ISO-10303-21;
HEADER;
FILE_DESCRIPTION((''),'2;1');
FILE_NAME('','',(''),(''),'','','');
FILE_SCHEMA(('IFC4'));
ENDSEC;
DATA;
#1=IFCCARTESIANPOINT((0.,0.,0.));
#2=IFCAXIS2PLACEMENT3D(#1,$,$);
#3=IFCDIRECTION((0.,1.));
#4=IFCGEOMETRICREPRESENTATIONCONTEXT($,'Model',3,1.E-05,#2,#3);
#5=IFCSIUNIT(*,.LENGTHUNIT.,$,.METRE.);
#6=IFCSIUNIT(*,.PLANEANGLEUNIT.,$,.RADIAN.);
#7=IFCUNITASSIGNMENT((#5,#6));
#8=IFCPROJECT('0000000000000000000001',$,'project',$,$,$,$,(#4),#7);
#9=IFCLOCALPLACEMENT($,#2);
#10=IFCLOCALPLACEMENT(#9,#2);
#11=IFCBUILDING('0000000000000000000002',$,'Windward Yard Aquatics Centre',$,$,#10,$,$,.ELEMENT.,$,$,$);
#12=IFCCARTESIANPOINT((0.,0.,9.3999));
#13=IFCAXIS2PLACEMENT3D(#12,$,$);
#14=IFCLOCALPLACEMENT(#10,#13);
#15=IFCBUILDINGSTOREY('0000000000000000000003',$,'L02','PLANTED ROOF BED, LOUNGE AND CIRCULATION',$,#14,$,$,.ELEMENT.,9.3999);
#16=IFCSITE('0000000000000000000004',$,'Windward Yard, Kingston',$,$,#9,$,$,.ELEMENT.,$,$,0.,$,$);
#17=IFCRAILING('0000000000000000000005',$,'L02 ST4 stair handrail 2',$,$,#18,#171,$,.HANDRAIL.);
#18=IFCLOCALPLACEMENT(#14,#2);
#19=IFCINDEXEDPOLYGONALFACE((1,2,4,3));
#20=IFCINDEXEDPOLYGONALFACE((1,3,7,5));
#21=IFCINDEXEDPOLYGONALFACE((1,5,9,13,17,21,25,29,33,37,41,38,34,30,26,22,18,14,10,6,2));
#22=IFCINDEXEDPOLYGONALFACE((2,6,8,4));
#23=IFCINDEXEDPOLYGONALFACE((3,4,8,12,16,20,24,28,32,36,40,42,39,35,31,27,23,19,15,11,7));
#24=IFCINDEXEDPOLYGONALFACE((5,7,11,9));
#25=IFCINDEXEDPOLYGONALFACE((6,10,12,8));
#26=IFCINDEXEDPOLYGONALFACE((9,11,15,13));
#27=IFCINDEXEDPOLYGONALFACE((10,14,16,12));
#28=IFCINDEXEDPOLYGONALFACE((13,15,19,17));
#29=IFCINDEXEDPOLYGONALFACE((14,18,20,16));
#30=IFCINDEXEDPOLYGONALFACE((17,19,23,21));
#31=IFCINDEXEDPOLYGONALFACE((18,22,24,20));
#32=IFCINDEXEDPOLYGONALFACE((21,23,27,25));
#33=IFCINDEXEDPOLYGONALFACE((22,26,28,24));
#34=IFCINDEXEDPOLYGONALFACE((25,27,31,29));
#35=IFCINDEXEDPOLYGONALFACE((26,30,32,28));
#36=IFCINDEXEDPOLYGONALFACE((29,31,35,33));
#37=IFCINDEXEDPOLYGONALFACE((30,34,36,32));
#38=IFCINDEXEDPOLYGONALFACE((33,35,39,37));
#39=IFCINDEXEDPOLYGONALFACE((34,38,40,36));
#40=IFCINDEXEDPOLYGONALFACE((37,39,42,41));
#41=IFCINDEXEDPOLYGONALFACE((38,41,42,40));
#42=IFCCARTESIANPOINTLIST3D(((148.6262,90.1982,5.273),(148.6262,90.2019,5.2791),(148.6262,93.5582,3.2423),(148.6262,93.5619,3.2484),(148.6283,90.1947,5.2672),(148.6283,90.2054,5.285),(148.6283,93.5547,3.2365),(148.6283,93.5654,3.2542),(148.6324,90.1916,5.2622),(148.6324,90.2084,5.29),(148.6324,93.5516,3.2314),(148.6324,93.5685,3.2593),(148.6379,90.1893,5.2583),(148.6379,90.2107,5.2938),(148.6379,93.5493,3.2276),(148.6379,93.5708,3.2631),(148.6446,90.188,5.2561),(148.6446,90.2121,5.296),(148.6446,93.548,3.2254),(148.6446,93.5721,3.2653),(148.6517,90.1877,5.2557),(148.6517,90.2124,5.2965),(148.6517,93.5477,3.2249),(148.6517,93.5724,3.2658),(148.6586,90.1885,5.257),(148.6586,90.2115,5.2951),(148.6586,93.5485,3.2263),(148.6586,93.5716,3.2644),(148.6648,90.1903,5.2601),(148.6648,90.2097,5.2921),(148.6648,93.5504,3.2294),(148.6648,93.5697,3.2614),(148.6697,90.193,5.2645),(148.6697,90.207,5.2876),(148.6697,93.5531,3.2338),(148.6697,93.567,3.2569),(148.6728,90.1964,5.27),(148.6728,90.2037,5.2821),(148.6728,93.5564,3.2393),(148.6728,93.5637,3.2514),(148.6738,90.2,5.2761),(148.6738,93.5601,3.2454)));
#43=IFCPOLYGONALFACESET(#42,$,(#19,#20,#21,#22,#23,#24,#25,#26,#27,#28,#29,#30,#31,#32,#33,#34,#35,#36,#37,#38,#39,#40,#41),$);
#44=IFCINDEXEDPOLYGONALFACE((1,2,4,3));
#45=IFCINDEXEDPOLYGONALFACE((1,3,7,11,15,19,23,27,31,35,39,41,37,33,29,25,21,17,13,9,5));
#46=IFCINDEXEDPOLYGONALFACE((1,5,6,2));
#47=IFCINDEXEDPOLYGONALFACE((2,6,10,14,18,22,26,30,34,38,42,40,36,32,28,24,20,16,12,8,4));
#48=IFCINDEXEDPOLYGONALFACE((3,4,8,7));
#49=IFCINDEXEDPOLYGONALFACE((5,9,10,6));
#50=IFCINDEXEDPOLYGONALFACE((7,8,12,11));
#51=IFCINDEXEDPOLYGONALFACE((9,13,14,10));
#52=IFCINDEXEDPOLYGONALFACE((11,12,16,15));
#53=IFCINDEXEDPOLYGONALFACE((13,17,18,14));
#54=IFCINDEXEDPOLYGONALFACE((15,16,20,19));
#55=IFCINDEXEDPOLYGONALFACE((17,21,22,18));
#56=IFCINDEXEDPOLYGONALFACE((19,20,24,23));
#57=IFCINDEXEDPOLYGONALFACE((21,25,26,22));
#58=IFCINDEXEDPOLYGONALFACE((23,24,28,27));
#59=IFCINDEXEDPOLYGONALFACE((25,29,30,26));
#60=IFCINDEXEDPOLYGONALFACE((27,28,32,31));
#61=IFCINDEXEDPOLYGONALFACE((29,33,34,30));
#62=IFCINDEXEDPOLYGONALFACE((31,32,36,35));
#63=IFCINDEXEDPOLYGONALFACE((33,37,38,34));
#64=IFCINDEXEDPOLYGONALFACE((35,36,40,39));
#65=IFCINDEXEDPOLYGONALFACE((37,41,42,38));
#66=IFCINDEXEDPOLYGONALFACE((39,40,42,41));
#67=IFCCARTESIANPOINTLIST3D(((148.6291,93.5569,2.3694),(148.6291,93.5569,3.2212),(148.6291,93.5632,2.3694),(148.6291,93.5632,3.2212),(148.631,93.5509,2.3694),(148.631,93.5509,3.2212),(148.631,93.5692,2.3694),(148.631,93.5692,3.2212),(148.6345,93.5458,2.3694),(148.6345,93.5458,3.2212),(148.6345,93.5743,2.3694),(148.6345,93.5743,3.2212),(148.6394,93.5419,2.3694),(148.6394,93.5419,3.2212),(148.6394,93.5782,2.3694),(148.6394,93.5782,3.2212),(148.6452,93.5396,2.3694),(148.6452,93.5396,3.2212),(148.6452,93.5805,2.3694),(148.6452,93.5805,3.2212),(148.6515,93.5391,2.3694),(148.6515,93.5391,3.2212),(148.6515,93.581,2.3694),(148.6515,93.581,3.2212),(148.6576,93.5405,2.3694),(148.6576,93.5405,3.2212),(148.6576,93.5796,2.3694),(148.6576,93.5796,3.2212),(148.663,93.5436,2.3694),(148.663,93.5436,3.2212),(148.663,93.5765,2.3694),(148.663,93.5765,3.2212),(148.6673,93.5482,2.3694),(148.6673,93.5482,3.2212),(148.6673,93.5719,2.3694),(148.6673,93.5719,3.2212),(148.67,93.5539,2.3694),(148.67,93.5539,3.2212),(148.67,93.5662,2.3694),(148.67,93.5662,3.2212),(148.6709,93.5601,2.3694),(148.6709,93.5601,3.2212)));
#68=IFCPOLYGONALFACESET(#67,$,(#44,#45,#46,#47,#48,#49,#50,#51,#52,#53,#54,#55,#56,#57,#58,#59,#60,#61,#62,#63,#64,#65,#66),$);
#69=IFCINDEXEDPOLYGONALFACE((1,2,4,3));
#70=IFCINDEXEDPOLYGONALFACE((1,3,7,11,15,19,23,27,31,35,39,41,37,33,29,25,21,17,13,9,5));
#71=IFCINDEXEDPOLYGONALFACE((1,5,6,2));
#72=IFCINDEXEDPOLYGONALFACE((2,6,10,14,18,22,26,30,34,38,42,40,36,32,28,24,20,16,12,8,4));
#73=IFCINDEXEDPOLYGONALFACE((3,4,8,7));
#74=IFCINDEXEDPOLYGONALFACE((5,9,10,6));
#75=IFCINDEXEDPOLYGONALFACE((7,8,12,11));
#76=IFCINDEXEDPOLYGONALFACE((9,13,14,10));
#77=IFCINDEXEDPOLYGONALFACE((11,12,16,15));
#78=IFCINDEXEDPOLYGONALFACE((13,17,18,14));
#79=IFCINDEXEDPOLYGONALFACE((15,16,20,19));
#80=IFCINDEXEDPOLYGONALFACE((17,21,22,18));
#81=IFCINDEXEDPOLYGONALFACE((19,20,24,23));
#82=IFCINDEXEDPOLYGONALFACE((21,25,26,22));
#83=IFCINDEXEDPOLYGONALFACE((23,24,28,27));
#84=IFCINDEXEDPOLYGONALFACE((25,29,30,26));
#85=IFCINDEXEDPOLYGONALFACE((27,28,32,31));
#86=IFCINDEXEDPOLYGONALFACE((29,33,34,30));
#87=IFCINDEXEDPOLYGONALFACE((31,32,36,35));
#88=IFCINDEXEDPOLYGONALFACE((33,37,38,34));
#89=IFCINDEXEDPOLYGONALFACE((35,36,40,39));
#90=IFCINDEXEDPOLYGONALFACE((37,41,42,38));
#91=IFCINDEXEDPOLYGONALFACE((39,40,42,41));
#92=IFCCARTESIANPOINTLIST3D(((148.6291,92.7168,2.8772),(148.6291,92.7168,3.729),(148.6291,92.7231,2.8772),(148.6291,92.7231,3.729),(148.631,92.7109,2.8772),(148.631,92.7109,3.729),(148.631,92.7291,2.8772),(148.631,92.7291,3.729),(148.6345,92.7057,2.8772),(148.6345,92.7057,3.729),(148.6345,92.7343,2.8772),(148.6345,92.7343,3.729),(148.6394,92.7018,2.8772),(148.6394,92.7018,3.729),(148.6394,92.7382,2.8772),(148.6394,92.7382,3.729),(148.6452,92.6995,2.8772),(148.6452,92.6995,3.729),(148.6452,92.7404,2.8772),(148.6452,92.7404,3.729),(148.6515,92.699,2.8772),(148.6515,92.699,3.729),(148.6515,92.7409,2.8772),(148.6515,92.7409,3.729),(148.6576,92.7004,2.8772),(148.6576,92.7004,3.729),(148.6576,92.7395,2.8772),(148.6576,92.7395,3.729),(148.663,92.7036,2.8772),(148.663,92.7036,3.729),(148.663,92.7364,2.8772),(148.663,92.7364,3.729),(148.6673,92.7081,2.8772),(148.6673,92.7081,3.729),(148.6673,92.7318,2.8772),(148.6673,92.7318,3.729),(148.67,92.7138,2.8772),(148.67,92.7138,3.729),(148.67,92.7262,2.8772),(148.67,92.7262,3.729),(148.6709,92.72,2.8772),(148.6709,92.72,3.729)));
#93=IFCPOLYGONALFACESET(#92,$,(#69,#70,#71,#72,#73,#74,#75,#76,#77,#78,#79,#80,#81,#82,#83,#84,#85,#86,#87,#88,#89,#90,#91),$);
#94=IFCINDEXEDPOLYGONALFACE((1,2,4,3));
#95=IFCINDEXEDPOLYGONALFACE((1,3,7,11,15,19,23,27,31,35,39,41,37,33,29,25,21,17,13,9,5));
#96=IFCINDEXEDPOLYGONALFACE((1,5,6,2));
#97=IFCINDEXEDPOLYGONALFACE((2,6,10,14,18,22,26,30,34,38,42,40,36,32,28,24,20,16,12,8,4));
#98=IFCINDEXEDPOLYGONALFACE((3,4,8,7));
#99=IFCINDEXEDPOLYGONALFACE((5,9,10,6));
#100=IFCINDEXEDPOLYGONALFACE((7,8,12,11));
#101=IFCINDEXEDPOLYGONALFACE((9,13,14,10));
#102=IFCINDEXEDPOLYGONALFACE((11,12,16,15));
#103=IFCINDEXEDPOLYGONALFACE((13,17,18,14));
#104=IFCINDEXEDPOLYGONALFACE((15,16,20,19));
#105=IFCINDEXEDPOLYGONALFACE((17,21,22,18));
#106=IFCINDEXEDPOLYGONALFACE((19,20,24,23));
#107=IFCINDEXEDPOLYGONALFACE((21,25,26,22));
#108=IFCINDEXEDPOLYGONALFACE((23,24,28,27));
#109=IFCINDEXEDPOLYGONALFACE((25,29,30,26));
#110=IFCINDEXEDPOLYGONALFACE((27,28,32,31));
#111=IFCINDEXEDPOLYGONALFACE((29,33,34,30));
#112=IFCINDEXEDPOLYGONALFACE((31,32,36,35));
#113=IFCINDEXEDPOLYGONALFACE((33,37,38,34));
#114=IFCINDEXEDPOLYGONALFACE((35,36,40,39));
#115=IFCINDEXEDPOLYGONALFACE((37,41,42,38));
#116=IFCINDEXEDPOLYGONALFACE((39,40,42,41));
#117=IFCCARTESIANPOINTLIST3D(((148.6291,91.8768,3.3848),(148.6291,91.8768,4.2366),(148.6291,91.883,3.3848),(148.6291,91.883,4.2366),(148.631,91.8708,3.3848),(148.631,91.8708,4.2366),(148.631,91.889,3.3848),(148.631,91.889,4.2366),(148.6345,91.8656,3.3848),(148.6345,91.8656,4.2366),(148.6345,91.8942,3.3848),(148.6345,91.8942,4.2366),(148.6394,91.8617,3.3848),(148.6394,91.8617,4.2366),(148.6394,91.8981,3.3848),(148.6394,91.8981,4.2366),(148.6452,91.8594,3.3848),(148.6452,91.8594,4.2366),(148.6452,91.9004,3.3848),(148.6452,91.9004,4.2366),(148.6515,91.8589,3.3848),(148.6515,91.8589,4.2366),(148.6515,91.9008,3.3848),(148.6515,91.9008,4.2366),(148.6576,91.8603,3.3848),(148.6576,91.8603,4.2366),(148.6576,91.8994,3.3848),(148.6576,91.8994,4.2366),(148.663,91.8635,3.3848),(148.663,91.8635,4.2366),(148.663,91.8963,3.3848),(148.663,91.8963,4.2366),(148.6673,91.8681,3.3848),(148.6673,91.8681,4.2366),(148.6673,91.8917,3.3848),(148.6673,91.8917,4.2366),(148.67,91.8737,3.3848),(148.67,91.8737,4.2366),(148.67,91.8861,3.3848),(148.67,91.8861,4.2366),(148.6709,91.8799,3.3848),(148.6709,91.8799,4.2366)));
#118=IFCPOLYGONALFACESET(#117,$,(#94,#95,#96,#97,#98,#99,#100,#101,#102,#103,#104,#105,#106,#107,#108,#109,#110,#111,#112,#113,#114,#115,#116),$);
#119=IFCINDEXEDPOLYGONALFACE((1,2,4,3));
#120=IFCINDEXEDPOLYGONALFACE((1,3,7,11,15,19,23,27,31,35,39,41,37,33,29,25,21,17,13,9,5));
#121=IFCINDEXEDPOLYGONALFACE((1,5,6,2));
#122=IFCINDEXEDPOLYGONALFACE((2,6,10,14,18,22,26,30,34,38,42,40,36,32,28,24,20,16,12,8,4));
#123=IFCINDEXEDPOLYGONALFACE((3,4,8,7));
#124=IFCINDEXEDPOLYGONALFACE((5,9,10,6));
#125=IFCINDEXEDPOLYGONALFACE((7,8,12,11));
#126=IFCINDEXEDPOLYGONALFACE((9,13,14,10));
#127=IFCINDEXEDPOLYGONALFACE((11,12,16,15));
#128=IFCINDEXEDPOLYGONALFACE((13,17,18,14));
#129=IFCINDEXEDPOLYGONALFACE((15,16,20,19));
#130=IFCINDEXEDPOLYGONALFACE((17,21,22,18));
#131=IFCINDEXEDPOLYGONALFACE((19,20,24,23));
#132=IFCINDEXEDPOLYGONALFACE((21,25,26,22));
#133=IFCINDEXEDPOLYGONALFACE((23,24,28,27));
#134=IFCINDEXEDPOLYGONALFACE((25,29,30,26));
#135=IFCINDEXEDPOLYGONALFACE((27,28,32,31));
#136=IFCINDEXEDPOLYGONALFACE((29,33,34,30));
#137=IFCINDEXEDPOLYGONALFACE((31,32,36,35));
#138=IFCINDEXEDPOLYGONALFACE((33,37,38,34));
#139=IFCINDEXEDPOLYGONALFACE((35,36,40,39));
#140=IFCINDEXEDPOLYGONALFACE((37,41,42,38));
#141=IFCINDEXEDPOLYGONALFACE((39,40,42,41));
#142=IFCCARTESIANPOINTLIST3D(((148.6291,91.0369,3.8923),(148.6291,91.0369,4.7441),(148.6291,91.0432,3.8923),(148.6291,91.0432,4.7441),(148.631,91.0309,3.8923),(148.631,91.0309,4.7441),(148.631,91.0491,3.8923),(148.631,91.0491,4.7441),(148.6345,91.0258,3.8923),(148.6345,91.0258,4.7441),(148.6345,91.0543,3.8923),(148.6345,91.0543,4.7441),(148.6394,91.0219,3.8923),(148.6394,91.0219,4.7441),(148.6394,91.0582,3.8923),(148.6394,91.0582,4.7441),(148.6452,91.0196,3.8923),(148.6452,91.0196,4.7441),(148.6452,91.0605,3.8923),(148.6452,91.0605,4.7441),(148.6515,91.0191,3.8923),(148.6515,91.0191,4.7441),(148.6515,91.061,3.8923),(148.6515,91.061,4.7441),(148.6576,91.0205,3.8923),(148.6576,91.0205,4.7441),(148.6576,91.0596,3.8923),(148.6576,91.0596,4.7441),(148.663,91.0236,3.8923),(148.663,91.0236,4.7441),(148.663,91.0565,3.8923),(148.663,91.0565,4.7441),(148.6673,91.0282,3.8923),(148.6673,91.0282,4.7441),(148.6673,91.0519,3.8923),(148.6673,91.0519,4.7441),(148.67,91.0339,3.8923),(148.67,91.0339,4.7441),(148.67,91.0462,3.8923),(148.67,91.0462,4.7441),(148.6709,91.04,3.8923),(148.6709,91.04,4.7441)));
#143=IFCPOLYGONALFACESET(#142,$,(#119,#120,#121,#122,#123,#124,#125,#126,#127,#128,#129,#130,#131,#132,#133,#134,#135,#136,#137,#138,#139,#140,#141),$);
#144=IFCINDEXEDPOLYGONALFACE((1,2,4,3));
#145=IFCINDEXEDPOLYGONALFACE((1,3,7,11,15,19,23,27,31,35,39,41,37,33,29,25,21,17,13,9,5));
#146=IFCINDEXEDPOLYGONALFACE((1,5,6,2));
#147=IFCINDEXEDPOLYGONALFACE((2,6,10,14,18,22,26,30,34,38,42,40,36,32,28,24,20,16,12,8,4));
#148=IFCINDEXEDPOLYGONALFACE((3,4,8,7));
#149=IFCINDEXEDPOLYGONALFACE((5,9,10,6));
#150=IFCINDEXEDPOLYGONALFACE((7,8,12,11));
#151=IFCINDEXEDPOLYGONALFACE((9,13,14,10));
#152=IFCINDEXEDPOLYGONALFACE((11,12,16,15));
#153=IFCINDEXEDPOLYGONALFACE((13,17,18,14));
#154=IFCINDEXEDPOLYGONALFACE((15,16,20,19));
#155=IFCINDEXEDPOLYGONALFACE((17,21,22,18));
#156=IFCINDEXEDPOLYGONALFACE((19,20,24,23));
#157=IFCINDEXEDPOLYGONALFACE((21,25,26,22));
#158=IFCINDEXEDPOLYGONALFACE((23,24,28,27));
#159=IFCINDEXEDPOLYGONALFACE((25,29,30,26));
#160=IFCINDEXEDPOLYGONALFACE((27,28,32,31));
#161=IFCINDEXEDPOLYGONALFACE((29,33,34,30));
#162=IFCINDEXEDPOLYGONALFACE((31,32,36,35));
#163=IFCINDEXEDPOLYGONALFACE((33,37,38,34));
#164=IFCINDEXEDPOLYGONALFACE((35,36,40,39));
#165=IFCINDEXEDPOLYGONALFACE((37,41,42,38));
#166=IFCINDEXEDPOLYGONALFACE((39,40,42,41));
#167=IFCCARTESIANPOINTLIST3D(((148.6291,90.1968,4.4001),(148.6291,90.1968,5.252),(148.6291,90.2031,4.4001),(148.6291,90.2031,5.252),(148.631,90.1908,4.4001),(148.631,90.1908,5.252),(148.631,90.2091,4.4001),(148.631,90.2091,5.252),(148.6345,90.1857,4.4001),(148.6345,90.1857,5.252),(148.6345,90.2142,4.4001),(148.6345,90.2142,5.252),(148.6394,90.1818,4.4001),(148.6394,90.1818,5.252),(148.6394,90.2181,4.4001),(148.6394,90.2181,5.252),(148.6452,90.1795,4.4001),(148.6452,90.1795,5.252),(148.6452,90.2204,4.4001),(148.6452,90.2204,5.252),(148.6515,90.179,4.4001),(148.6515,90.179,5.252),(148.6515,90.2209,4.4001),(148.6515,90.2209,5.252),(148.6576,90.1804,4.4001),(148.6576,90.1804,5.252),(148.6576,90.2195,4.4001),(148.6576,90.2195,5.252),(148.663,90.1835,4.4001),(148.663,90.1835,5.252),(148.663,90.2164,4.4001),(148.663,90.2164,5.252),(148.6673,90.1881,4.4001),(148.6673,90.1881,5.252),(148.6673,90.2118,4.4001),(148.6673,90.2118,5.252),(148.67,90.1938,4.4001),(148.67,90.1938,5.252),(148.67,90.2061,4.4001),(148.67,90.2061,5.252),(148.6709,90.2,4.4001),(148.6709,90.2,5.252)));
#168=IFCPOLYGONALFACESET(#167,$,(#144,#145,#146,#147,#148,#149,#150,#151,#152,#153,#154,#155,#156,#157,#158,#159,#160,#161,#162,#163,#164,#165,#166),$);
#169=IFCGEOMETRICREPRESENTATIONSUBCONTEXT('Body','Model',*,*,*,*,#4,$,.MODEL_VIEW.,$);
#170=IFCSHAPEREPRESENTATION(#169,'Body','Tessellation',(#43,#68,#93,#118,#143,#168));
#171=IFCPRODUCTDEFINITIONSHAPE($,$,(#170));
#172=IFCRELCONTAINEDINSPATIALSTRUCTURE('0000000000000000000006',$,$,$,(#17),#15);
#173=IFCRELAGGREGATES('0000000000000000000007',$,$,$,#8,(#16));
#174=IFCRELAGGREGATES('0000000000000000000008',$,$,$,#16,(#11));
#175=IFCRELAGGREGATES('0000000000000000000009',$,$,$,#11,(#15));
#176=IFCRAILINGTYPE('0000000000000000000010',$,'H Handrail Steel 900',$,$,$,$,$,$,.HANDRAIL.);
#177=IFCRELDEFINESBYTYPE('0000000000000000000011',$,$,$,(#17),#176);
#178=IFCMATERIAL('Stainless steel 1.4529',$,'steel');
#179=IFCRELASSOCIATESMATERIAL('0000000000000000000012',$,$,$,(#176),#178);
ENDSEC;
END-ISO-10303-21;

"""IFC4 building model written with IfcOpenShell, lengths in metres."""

from ifc_helpers import new_model, si_unit, direction, frame, origin, origin_2d, place, context, subcontext, project, spatial, circle, extrude, material, type_object, element, save


model = new_model("IFC4")

# Units and contexts
model_context = context("Model", 3, precision=1e-05, world=origin(), true_north=direction((0.0, 1.0)))
body_context = subcontext(model_context, "Body", "Model", "MODEL_VIEW")
ifc_project = project(units=[si_unit("LENGTHUNIT", "METRE"), si_unit("PLANEANGLEUNIT", "RADIAN")], contexts=[model_context])

# Site, building, storey
site_placement = place(None, origin())
site = spatial("IfcSite", under=ifc_project, at=site_placement, Name="Windward Yard, Kingston", CompositionType="ELEMENT", RefElevation=0.0)
building_placement = place(site_placement, origin())
building = spatial("IfcBuilding", under=site, at=building_placement, Name="Windward Yard Aquatics Centre", CompositionType="ELEMENT")
storey_placement = place(building_placement, frame((0.0, 0.0, 9.3999)))
storey = spatial("IfcBuildingStorey", under=building, at=storey_placement, Name="L02", Description="PLANTED ROOF BED, LOUNGE AND CIRCULATION", CompositionType="ELEMENT", Elevation=9.3999)

# Railing
ifc_material_1 = material(Name="Stainless steel 1.4529", Category="steel")
railing_type_1 = type_object("IfcRailingType", Name="H Handrail Steel 900", PredefinedType="HANDRAIL", material=ifc_material_1)
railing_1_placement = place(storey_placement, frame((148.6499, 93.5601, 2.3694)))
element("IfcRailing", 1, at=railing_1_placement, inside=storey, type_object=railing_type_1, Name="L02 ST4 stair handrail 2", PredefinedType="HANDRAIL", context=body_context, shape_type="SweptSolid", body=[
    extrude(circle(Radius=0.0239, at=origin_2d()), frame((0.0, 0.0, 0.876), z_axis=(0.0, -0.855837, 0.517246), x_axis=(1.0, 0.0, 0.0)), (0.0, 0.0, 1.0), 3.926),
    extrude(circle(Radius=0.021, at=origin_2d()), origin(), (0.0, 0.0, 1.0), 0.8518),
    extrude(circle(Radius=0.021, at=origin_2d()), frame((0.0, -0.8401, 0.5078)), (0.0, 0.0, 1.0), 0.8518),
    extrude(circle(Radius=0.021, at=origin_2d()), frame((0.0, -1.6802, 1.0154)), (0.0, 0.0, 1.0), 0.8518),
    extrude(circle(Radius=0.021, at=origin_2d()), frame((0.0, -2.52, 1.5229)), (0.0, 0.0, 1.0), 0.8518),
    extrude(circle(Radius=0.021, at=origin_2d()), frame((0.0, -3.3601, 2.0308)), (0.0, 0.0, 1.0), 0.8518),
])

save(model, "model.ifc")
